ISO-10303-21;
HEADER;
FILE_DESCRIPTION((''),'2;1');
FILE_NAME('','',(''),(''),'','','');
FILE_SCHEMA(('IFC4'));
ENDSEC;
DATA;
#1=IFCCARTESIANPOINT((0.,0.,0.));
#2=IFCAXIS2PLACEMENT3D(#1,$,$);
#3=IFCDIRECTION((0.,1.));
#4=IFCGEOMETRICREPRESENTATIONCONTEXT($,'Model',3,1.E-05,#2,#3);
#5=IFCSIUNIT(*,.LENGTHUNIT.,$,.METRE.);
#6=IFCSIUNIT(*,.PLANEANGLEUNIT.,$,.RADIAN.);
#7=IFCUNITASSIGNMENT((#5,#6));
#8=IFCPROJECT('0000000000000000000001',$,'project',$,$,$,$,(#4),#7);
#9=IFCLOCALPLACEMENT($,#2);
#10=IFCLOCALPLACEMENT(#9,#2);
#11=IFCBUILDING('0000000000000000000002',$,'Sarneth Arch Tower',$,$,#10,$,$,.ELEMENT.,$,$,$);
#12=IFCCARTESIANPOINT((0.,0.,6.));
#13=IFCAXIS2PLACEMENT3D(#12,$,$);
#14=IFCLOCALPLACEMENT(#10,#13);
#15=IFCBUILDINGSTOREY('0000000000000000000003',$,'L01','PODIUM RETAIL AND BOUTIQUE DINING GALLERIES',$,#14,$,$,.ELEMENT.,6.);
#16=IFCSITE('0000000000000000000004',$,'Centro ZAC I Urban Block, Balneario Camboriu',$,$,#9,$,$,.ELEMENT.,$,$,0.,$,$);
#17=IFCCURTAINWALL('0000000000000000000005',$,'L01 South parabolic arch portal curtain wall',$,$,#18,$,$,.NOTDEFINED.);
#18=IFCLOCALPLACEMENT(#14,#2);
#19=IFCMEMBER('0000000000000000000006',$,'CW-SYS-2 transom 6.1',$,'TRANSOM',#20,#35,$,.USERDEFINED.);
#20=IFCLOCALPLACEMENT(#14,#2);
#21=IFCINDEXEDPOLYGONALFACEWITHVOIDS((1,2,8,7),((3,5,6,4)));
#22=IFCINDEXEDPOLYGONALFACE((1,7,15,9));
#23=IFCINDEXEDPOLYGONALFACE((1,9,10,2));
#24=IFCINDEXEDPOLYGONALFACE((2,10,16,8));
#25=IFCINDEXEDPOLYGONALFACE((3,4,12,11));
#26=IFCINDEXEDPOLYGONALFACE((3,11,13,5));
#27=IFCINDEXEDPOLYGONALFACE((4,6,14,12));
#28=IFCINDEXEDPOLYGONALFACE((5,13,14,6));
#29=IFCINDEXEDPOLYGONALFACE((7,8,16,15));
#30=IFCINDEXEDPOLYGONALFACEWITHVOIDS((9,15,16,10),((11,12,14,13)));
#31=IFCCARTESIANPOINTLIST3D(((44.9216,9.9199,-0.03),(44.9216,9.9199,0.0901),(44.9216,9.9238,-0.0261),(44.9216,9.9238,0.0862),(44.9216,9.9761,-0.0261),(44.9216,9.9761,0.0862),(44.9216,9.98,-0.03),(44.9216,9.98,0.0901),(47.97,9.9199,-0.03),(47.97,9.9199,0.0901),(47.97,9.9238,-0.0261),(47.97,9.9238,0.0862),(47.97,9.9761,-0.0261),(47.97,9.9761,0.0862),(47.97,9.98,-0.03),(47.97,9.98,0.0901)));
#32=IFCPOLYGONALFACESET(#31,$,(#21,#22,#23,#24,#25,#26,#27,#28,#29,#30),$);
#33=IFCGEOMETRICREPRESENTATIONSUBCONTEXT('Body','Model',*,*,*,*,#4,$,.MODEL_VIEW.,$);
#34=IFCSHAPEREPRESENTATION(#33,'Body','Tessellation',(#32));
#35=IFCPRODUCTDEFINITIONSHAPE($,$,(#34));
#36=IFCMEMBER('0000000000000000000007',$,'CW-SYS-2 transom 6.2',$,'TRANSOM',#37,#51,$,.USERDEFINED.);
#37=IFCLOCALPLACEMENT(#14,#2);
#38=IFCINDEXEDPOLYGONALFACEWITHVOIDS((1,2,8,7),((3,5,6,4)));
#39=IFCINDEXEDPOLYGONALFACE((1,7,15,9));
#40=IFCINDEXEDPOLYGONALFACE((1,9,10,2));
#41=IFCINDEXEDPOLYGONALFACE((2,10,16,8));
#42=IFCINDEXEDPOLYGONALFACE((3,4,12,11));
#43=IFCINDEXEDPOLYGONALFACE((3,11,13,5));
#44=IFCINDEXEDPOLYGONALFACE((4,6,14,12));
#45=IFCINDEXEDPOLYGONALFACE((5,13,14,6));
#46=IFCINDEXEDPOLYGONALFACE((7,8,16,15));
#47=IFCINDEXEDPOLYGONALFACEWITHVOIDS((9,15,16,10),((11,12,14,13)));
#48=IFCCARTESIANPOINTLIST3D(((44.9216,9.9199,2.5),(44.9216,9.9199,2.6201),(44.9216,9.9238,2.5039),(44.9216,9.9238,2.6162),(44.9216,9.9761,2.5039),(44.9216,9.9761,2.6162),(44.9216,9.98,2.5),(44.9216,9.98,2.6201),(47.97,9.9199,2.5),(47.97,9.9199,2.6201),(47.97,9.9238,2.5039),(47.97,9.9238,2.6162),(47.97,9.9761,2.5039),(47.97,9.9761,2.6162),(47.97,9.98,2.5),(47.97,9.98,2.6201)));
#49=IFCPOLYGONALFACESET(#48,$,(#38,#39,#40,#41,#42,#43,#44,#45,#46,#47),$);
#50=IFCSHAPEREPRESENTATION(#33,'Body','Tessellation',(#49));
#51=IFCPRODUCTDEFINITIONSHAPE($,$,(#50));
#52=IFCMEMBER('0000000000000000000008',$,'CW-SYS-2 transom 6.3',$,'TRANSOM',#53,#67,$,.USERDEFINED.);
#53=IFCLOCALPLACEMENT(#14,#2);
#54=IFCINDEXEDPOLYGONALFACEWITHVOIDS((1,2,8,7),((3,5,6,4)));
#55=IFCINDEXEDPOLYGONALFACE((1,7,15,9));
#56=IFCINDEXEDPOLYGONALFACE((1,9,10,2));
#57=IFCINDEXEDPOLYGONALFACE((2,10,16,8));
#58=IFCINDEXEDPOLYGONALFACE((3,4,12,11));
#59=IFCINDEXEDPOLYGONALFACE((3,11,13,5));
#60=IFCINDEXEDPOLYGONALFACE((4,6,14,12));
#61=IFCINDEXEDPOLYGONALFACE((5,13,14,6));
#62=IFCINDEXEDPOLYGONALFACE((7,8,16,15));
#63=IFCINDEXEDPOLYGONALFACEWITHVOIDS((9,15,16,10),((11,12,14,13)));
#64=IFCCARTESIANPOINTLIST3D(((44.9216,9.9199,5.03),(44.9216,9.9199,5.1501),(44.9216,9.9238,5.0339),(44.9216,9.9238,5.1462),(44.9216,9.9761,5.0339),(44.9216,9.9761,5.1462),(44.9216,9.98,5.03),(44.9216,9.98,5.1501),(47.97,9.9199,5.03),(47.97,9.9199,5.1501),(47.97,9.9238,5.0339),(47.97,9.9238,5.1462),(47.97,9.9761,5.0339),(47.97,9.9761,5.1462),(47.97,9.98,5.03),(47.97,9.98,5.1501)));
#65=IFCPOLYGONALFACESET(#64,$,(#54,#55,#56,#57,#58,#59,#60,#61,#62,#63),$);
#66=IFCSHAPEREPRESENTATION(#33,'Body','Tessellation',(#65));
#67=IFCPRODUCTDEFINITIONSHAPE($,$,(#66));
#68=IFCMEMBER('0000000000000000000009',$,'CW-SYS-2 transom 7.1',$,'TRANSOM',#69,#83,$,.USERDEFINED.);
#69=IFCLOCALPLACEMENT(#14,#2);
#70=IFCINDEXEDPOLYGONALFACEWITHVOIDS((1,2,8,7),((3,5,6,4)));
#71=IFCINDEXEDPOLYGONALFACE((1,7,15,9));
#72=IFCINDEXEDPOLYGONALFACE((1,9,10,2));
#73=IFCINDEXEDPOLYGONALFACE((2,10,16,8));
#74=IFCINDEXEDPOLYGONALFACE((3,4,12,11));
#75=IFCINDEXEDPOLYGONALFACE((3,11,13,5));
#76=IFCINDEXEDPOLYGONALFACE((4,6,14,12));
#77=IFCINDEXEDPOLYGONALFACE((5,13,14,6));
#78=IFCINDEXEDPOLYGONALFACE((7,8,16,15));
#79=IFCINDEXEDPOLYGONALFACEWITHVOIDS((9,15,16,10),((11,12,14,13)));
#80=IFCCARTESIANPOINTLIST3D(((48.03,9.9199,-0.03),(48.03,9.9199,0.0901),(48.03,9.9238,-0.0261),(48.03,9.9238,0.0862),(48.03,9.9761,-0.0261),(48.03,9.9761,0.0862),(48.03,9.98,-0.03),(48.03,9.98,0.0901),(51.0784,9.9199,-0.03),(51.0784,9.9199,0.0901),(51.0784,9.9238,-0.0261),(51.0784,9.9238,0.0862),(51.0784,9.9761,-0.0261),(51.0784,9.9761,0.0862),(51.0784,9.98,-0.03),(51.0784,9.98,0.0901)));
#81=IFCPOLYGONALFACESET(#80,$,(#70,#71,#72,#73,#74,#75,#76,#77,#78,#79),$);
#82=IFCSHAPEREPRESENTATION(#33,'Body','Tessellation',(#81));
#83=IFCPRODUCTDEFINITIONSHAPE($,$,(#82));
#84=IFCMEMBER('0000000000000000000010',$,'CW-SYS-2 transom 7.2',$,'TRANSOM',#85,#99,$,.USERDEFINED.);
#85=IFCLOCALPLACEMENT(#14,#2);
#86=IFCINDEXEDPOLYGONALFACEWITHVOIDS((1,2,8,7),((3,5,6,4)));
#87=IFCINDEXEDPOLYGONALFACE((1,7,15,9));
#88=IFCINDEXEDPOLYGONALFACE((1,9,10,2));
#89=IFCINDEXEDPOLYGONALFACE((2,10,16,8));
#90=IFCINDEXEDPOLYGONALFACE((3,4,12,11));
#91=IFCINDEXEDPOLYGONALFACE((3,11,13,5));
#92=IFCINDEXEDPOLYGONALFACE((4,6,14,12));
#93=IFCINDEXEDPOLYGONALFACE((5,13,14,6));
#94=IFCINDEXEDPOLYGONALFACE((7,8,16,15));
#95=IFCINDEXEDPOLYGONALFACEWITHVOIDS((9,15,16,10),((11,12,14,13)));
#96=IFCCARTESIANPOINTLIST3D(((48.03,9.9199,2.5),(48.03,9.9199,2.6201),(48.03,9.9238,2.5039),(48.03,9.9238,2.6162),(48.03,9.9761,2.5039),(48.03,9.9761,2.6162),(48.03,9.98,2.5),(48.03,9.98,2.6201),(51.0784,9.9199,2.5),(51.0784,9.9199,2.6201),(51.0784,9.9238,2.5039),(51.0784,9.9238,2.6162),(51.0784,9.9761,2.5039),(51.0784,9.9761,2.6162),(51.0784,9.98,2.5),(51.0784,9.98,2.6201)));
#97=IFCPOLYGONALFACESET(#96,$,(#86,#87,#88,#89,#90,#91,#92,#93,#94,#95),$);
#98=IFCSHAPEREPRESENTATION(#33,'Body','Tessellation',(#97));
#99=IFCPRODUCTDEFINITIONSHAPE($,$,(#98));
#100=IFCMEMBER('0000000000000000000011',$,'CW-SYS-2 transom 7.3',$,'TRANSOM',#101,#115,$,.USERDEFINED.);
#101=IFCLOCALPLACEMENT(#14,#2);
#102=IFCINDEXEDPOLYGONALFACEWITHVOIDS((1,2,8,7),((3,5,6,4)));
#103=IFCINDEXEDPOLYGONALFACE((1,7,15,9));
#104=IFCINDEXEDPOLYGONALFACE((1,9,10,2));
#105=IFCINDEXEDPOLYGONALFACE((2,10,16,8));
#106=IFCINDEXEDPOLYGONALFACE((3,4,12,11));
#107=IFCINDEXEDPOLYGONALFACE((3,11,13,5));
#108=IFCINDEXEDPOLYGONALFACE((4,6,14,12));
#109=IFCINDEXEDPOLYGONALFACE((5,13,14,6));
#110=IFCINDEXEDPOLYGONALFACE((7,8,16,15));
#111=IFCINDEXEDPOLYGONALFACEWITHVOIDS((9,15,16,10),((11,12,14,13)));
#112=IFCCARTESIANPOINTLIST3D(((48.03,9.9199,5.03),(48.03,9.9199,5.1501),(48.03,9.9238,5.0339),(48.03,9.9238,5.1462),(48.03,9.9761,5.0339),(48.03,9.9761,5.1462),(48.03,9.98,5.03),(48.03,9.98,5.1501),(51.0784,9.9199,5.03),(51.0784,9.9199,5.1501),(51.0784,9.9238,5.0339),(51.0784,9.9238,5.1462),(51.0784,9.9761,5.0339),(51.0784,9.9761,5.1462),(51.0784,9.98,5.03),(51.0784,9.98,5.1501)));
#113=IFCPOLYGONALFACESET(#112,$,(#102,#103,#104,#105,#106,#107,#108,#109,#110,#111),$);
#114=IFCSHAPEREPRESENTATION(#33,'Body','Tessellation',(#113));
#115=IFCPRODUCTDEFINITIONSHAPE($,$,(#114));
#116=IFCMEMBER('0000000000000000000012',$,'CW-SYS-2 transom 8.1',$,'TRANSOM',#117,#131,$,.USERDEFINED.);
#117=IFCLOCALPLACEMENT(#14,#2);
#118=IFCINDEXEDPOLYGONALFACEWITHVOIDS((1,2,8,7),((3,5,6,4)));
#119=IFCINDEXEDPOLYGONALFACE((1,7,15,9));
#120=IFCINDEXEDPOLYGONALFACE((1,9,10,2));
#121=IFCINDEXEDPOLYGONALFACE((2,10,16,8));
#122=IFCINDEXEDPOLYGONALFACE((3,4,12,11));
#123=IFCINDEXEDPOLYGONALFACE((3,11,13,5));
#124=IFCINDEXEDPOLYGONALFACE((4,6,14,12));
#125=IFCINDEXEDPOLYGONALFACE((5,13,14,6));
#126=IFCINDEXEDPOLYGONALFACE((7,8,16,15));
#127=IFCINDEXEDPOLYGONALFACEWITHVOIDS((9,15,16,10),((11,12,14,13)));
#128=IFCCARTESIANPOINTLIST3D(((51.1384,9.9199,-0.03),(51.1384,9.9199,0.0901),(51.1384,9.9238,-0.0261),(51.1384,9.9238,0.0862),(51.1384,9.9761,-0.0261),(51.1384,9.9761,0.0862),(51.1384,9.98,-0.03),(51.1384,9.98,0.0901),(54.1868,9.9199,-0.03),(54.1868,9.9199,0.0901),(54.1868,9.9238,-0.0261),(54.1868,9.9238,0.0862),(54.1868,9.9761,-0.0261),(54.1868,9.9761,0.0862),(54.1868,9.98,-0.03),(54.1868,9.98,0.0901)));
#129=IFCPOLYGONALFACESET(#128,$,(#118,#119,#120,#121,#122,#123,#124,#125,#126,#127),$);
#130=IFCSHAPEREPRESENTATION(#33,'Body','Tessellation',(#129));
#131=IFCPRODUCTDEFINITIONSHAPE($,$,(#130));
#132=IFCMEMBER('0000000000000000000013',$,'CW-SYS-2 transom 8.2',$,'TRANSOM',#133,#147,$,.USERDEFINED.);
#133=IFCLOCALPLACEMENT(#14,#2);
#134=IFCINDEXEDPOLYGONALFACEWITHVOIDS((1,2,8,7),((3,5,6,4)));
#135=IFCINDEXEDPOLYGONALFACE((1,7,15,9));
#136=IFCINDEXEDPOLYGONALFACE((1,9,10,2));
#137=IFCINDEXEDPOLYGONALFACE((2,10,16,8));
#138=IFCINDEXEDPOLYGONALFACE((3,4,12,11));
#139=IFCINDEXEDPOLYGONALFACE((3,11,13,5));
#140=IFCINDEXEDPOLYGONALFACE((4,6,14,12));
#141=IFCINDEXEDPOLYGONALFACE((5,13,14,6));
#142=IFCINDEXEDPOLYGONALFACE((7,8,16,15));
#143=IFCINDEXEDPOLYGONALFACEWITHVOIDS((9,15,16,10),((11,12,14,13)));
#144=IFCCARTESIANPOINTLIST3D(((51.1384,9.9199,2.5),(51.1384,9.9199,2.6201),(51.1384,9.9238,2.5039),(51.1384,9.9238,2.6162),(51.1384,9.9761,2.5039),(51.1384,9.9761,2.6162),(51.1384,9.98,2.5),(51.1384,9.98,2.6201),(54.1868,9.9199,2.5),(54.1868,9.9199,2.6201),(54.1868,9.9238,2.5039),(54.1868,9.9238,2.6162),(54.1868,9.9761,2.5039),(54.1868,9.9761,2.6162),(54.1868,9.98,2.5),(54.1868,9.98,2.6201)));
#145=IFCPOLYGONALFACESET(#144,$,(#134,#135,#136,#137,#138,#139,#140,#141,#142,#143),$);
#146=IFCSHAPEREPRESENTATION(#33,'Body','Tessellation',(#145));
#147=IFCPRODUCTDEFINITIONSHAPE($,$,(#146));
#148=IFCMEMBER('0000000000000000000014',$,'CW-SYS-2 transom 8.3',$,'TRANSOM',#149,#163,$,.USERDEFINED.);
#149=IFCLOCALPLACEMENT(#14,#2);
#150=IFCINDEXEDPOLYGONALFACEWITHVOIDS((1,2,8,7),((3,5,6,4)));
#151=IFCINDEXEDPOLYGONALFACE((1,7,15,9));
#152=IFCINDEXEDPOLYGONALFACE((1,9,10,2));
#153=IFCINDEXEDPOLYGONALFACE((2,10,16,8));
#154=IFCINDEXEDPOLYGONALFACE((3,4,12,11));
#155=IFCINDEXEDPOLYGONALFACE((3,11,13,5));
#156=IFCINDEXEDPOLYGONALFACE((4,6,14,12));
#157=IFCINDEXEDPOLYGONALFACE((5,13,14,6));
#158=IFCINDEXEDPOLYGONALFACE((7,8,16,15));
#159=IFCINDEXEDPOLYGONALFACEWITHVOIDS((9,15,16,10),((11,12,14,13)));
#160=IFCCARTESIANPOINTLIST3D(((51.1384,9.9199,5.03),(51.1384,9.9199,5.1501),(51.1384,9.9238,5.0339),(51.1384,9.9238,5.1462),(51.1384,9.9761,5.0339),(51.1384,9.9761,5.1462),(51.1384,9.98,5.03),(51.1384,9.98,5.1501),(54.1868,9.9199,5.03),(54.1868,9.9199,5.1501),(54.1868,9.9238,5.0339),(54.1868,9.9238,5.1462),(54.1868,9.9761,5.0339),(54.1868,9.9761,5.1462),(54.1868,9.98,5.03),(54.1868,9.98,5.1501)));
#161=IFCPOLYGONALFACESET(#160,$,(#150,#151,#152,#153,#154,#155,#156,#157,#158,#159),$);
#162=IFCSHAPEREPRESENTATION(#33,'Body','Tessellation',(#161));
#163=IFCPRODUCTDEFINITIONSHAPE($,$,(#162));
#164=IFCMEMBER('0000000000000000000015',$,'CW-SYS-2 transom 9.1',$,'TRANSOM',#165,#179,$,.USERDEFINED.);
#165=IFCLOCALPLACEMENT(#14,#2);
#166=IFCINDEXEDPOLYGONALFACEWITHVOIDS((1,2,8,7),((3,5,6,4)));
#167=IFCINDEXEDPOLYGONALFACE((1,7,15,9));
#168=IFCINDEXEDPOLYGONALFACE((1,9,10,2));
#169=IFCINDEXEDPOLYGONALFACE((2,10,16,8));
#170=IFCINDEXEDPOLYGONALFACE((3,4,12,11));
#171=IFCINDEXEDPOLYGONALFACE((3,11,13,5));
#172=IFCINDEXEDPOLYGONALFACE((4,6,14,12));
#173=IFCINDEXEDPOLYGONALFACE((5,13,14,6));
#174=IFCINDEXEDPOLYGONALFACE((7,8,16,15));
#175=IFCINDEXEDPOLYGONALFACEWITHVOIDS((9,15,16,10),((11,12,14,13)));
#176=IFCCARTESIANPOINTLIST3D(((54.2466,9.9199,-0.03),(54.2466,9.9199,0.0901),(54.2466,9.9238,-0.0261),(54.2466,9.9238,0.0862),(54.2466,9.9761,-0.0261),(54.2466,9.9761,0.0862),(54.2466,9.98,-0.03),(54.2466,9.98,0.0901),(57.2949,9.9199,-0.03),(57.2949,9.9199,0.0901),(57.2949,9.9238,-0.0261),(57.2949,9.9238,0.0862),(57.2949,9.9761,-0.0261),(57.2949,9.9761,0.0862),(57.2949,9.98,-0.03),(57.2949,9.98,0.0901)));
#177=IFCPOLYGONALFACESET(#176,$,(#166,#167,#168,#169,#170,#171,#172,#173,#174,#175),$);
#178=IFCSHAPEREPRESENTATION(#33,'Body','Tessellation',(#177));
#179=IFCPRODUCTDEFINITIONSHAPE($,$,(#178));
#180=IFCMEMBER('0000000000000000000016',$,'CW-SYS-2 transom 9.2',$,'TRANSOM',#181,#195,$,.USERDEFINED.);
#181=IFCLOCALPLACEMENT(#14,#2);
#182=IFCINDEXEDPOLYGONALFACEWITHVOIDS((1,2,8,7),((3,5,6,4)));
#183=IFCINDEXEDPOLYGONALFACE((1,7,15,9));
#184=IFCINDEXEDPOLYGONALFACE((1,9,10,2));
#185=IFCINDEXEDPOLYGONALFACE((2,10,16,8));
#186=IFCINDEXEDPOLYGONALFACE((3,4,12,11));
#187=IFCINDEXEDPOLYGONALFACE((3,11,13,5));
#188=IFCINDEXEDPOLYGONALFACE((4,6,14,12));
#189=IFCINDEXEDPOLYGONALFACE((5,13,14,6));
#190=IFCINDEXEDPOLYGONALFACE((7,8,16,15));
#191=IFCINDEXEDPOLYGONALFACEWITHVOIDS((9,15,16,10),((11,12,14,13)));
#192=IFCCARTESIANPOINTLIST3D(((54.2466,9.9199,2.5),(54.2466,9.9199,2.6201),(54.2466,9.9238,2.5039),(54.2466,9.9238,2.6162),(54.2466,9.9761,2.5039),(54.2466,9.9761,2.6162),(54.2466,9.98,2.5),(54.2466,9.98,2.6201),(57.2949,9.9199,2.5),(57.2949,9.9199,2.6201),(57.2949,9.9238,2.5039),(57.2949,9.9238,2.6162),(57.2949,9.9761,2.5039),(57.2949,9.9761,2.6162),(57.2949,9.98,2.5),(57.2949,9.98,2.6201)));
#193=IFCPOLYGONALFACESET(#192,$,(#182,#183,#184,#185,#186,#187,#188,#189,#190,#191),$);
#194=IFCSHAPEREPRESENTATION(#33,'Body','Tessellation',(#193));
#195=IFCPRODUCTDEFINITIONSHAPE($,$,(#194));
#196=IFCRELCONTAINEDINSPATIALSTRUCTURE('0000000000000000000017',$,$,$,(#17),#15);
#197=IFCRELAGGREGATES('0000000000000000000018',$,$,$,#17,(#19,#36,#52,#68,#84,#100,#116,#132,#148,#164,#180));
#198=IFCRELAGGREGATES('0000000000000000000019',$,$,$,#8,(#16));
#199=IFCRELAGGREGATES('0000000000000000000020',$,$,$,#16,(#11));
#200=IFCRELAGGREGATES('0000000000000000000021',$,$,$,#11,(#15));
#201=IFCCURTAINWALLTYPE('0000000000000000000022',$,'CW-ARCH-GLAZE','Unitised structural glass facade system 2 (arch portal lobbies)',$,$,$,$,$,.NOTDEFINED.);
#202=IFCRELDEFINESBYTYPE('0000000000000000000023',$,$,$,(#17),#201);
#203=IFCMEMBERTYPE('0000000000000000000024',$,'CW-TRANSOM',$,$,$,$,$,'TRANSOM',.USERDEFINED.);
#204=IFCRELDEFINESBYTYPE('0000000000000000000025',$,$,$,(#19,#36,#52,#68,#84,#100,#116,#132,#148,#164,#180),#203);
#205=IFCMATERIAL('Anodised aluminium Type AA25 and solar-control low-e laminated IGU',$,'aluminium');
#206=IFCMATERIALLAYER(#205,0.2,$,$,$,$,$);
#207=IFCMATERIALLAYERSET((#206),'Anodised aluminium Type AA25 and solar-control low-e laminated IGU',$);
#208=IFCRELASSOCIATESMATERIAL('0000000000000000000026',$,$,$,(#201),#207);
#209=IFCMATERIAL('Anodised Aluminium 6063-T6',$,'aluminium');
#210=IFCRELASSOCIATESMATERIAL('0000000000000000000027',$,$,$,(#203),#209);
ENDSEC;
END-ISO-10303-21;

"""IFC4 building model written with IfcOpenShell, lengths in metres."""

from ifc_helpers import new_model, si_unit, direction, frame, origin, origin_2d, place, context, subcontext, project, spatial, hollow_rectangle, extrude, material, layer, layer_set, material_profile, profile_set, type_object, element, aggregate, save


model = new_model("IFC4")

# Units and contexts
model_context = context("Model", 3, precision=1e-05, world=origin(), true_north=direction((0.0, 1.0)))
body_context = subcontext(model_context, "Body", "Model", "MODEL_VIEW")
ifc_project = project(units=[si_unit("LENGTHUNIT", "METRE"), si_unit("PLANEANGLEUNIT", "RADIAN")], contexts=[model_context])

# Site, building, storey
site_placement = place(None, origin())
site = spatial("IfcSite", under=ifc_project, at=site_placement, Name="Centro ZAC I Urban Block, Balneario Camboriu", CompositionType="ELEMENT", RefElevation=0.0)
building_placement = place(site_placement, origin())
building = spatial("IfcBuilding", under=site, at=building_placement, Name="Sarneth Arch Tower", CompositionType="ELEMENT")
storey_placement = place(building_placement, frame((0.0, 0.0, 6.0)))
storey = spatial("IfcBuildingStorey", under=building, at=storey_placement, Name="L01", Description="PODIUM RETAIL AND BOUTIQUE DINING GALLERIES", CompositionType="ELEMENT", Elevation=6.0)

# Curtain wall, members
ifc_material_1 = material(Name="Anodised aluminium Type AA25 and solar-control low-e laminated IGU", Category="aluminium")
ifc_layer_1 = layer(ifc_material_1, 0.2)
ifc_layer_set_1 = layer_set([ifc_layer_1], Name="Anodised aluminium Type AA25 and solar-control low-e laminated IGU")
curtain_wall_type = type_object("IfcCurtainWallType", Name="CW-ARCH-GLAZE", Description="Unitised structural glass facade system 2 (arch portal lobbies)", PredefinedType="NOTDEFINED", material=ifc_layer_set_1)
curtain_wall_placement = place(storey_placement, origin())
curtain_wall = element("IfcCurtainWall", 1, at=curtain_wall_placement, inside=storey, type_object=curtain_wall_type, Name="L01 South parabolic arch portal curtain wall", PredefinedType="NOTDEFINED")
ifc_material_2 = material(Name="Anodised Aluminium 6063-T6", Category="aluminium")
ifc_material_profile_1 = material_profile(ifc_material_2, hollow_rectangle(XDim=0.0601, YDim=0.1201, WallThickness=0.0039, at=origin_2d()), Name="AL-TRAN-120x60x4")
ifc_profile_set_1 = profile_set([ifc_material_profile_1], Name="Anodised Aluminium 6063-T6")
member_type_1 = type_object("IfcMemberType", Name="CW-TRANSOM", ElementType="TRANSOM", PredefinedType="USERDEFINED", material=ifc_profile_set_1)
member_1_placement = place(storey_placement, frame((44.9216, 9.95, 0.03), z_axis=(1.0, 0.0, 0.0), x_axis=(0.0, 1.0, 0.0)))
member_1 = element("IfcMember", 2, at=member_1_placement, type_object=member_type_1, Name="CW-SYS-2 transom 6.1", ObjectType="TRANSOM", PredefinedType="USERDEFINED", context=body_context, shape_type="SweptSolid", body=[
    extrude(hollow_rectangle(XDim=0.0601, YDim=0.1201, WallThickness=0.0039, at=origin_2d()), origin(), (0.0, 0.0, 1.0), 3.0483),
])
member_2_placement = place(storey_placement, frame((44.9216, 9.95, 2.5601), z_axis=(1.0, 0.0, 0.0), x_axis=(0.0, 1.0, 0.0)))
member_2 = element("IfcMember", 3, at=member_2_placement, type_object=member_type_1, Name="CW-SYS-2 transom 6.2", ObjectType="TRANSOM", PredefinedType="USERDEFINED", context=body_context, shape_type="SweptSolid", body=[
    extrude(hollow_rectangle(XDim=0.0601, YDim=0.1201, WallThickness=0.0039, at=origin_2d()), origin(), (0.0, 0.0, 1.0), 3.0483),
])
member_3_placement = place(storey_placement, frame((44.9216, 9.95, 5.0901), z_axis=(1.0, 0.0, 0.0), x_axis=(0.0, 1.0, 0.0)))
member_3 = element("IfcMember", 4, at=member_3_placement, type_object=member_type_1, Name="CW-SYS-2 transom 6.3", ObjectType="TRANSOM", PredefinedType="USERDEFINED", context=body_context, shape_type="SweptSolid", body=[
    extrude(hollow_rectangle(XDim=0.0601, YDim=0.1201, WallThickness=0.0039, at=origin_2d()), origin(), (0.0, 0.0, 1.0), 3.0483),
])
member_4_placement = place(storey_placement, frame((48.03, 9.95, 0.03), z_axis=(1.0, 0.0, 0.0), x_axis=(0.0, 1.0, 0.0)))
member_4 = element("IfcMember", 5, at=member_4_placement, type_object=member_type_1, Name="CW-SYS-2 transom 7.1", ObjectType="TRANSOM", PredefinedType="USERDEFINED", context=body_context, shape_type="SweptSolid", body=[
    extrude(hollow_rectangle(XDim=0.0601, YDim=0.1201, WallThickness=0.0039, at=origin_2d()), origin(), (0.0, 0.0, 1.0), 3.0483),
])
member_5_placement = place(storey_placement, frame((48.03, 9.95, 2.5601), z_axis=(1.0, 0.0, 0.0), x_axis=(0.0, 1.0, 0.0)))
member_5 = element("IfcMember", 6, at=member_5_placement, type_object=member_type_1, Name="CW-SYS-2 transom 7.2", ObjectType="TRANSOM", PredefinedType="USERDEFINED", context=body_context, shape_type="SweptSolid", body=[
    extrude(hollow_rectangle(XDim=0.0601, YDim=0.1201, WallThickness=0.0039, at=origin_2d()), origin(), (0.0, 0.0, 1.0), 3.0483),
])
member_6_placement = place(storey_placement, frame((48.03, 9.95, 5.0901), z_axis=(1.0, 0.0, 0.0), x_axis=(0.0, 1.0, 0.0)))
member_6 = element("IfcMember", 7, at=member_6_placement, type_object=member_type_1, Name="CW-SYS-2 transom 7.3", ObjectType="TRANSOM", PredefinedType="USERDEFINED", context=body_context, shape_type="SweptSolid", body=[
    extrude(hollow_rectangle(XDim=0.0601, YDim=0.1201, WallThickness=0.0039, at=origin_2d()), origin(), (0.0, 0.0, 1.0), 3.0483),
])
member_7_placement = place(storey_placement, frame((51.1384, 9.95, 0.03), z_axis=(1.0, 0.0, 0.0), x_axis=(0.0, 1.0, 0.0)))
member_7 = element("IfcMember", 8, at=member_7_placement, type_object=member_type_1, Name="CW-SYS-2 transom 8.1", ObjectType="TRANSOM", PredefinedType="USERDEFINED", context=body_context, shape_type="SweptSolid", body=[
    extrude(hollow_rectangle(XDim=0.0601, YDim=0.1201, WallThickness=0.0039, at=origin_2d()), origin(), (0.0, 0.0, 1.0), 3.0483),
])
member_8_placement = place(storey_placement, frame((51.1384, 9.95, 2.5601), z_axis=(1.0, 0.0, 0.0), x_axis=(0.0, 1.0, 0.0)))
member_8 = element("IfcMember", 9, at=member_8_placement, type_object=member_type_1, Name="CW-SYS-2 transom 8.2", ObjectType="TRANSOM", PredefinedType="USERDEFINED", context=body_context, shape_type="SweptSolid", body=[
    extrude(hollow_rectangle(XDim=0.0601, YDim=0.1201, WallThickness=0.0039, at=origin_2d()), origin(), (0.0, 0.0, 1.0), 3.0483),
])
member_9_placement = place(storey_placement, frame((51.1384, 9.95, 5.0901), z_axis=(1.0, 0.0, 0.0), x_axis=(0.0, 1.0, 0.0)))
member_9 = element("IfcMember", 10, at=member_9_placement, type_object=member_type_1, Name="CW-SYS-2 transom 8.3", ObjectType="TRANSOM", PredefinedType="USERDEFINED", context=body_context, shape_type="SweptSolid", body=[
    extrude(hollow_rectangle(XDim=0.0601, YDim=0.1201, WallThickness=0.0039, at=origin_2d()), origin(), (0.0, 0.0, 1.0), 3.0483),
])
member_10_placement = place(storey_placement, frame((54.2466, 9.95, 0.03), z_axis=(1.0, 0.0, 0.0), x_axis=(0.0, 1.0, 0.0)))
member_10 = element("IfcMember", 11, at=member_10_placement, type_object=member_type_1, Name="CW-SYS-2 transom 9.1", ObjectType="TRANSOM", PredefinedType="USERDEFINED", context=body_context, shape_type="SweptSolid", body=[
    extrude(hollow_rectangle(XDim=0.0601, YDim=0.1201, WallThickness=0.0039, at=origin_2d()), origin(), (0.0, 0.0, 1.0), 3.0483),
])
member_11_placement = place(storey_placement, frame((54.2466, 9.95, 2.5601), z_axis=(1.0, 0.0, 0.0), x_axis=(0.0, 1.0, 0.0)))
member_11 = element("IfcMember", 12, at=member_11_placement, type_object=member_type_1, Name="CW-SYS-2 transom 9.2", ObjectType="TRANSOM", PredefinedType="USERDEFINED", context=body_context, shape_type="SweptSolid", body=[
    extrude(hollow_rectangle(XDim=0.0601, YDim=0.1201, WallThickness=0.0039, at=origin_2d()), origin(), (0.0, 0.0, 1.0), 3.0483),
])

aggregate(curtain_wall, [member_1, member_2, member_3, member_4, member_5, member_6, member_7, member_8, member_9, member_10, member_11])

save(model, "model.ifc")
